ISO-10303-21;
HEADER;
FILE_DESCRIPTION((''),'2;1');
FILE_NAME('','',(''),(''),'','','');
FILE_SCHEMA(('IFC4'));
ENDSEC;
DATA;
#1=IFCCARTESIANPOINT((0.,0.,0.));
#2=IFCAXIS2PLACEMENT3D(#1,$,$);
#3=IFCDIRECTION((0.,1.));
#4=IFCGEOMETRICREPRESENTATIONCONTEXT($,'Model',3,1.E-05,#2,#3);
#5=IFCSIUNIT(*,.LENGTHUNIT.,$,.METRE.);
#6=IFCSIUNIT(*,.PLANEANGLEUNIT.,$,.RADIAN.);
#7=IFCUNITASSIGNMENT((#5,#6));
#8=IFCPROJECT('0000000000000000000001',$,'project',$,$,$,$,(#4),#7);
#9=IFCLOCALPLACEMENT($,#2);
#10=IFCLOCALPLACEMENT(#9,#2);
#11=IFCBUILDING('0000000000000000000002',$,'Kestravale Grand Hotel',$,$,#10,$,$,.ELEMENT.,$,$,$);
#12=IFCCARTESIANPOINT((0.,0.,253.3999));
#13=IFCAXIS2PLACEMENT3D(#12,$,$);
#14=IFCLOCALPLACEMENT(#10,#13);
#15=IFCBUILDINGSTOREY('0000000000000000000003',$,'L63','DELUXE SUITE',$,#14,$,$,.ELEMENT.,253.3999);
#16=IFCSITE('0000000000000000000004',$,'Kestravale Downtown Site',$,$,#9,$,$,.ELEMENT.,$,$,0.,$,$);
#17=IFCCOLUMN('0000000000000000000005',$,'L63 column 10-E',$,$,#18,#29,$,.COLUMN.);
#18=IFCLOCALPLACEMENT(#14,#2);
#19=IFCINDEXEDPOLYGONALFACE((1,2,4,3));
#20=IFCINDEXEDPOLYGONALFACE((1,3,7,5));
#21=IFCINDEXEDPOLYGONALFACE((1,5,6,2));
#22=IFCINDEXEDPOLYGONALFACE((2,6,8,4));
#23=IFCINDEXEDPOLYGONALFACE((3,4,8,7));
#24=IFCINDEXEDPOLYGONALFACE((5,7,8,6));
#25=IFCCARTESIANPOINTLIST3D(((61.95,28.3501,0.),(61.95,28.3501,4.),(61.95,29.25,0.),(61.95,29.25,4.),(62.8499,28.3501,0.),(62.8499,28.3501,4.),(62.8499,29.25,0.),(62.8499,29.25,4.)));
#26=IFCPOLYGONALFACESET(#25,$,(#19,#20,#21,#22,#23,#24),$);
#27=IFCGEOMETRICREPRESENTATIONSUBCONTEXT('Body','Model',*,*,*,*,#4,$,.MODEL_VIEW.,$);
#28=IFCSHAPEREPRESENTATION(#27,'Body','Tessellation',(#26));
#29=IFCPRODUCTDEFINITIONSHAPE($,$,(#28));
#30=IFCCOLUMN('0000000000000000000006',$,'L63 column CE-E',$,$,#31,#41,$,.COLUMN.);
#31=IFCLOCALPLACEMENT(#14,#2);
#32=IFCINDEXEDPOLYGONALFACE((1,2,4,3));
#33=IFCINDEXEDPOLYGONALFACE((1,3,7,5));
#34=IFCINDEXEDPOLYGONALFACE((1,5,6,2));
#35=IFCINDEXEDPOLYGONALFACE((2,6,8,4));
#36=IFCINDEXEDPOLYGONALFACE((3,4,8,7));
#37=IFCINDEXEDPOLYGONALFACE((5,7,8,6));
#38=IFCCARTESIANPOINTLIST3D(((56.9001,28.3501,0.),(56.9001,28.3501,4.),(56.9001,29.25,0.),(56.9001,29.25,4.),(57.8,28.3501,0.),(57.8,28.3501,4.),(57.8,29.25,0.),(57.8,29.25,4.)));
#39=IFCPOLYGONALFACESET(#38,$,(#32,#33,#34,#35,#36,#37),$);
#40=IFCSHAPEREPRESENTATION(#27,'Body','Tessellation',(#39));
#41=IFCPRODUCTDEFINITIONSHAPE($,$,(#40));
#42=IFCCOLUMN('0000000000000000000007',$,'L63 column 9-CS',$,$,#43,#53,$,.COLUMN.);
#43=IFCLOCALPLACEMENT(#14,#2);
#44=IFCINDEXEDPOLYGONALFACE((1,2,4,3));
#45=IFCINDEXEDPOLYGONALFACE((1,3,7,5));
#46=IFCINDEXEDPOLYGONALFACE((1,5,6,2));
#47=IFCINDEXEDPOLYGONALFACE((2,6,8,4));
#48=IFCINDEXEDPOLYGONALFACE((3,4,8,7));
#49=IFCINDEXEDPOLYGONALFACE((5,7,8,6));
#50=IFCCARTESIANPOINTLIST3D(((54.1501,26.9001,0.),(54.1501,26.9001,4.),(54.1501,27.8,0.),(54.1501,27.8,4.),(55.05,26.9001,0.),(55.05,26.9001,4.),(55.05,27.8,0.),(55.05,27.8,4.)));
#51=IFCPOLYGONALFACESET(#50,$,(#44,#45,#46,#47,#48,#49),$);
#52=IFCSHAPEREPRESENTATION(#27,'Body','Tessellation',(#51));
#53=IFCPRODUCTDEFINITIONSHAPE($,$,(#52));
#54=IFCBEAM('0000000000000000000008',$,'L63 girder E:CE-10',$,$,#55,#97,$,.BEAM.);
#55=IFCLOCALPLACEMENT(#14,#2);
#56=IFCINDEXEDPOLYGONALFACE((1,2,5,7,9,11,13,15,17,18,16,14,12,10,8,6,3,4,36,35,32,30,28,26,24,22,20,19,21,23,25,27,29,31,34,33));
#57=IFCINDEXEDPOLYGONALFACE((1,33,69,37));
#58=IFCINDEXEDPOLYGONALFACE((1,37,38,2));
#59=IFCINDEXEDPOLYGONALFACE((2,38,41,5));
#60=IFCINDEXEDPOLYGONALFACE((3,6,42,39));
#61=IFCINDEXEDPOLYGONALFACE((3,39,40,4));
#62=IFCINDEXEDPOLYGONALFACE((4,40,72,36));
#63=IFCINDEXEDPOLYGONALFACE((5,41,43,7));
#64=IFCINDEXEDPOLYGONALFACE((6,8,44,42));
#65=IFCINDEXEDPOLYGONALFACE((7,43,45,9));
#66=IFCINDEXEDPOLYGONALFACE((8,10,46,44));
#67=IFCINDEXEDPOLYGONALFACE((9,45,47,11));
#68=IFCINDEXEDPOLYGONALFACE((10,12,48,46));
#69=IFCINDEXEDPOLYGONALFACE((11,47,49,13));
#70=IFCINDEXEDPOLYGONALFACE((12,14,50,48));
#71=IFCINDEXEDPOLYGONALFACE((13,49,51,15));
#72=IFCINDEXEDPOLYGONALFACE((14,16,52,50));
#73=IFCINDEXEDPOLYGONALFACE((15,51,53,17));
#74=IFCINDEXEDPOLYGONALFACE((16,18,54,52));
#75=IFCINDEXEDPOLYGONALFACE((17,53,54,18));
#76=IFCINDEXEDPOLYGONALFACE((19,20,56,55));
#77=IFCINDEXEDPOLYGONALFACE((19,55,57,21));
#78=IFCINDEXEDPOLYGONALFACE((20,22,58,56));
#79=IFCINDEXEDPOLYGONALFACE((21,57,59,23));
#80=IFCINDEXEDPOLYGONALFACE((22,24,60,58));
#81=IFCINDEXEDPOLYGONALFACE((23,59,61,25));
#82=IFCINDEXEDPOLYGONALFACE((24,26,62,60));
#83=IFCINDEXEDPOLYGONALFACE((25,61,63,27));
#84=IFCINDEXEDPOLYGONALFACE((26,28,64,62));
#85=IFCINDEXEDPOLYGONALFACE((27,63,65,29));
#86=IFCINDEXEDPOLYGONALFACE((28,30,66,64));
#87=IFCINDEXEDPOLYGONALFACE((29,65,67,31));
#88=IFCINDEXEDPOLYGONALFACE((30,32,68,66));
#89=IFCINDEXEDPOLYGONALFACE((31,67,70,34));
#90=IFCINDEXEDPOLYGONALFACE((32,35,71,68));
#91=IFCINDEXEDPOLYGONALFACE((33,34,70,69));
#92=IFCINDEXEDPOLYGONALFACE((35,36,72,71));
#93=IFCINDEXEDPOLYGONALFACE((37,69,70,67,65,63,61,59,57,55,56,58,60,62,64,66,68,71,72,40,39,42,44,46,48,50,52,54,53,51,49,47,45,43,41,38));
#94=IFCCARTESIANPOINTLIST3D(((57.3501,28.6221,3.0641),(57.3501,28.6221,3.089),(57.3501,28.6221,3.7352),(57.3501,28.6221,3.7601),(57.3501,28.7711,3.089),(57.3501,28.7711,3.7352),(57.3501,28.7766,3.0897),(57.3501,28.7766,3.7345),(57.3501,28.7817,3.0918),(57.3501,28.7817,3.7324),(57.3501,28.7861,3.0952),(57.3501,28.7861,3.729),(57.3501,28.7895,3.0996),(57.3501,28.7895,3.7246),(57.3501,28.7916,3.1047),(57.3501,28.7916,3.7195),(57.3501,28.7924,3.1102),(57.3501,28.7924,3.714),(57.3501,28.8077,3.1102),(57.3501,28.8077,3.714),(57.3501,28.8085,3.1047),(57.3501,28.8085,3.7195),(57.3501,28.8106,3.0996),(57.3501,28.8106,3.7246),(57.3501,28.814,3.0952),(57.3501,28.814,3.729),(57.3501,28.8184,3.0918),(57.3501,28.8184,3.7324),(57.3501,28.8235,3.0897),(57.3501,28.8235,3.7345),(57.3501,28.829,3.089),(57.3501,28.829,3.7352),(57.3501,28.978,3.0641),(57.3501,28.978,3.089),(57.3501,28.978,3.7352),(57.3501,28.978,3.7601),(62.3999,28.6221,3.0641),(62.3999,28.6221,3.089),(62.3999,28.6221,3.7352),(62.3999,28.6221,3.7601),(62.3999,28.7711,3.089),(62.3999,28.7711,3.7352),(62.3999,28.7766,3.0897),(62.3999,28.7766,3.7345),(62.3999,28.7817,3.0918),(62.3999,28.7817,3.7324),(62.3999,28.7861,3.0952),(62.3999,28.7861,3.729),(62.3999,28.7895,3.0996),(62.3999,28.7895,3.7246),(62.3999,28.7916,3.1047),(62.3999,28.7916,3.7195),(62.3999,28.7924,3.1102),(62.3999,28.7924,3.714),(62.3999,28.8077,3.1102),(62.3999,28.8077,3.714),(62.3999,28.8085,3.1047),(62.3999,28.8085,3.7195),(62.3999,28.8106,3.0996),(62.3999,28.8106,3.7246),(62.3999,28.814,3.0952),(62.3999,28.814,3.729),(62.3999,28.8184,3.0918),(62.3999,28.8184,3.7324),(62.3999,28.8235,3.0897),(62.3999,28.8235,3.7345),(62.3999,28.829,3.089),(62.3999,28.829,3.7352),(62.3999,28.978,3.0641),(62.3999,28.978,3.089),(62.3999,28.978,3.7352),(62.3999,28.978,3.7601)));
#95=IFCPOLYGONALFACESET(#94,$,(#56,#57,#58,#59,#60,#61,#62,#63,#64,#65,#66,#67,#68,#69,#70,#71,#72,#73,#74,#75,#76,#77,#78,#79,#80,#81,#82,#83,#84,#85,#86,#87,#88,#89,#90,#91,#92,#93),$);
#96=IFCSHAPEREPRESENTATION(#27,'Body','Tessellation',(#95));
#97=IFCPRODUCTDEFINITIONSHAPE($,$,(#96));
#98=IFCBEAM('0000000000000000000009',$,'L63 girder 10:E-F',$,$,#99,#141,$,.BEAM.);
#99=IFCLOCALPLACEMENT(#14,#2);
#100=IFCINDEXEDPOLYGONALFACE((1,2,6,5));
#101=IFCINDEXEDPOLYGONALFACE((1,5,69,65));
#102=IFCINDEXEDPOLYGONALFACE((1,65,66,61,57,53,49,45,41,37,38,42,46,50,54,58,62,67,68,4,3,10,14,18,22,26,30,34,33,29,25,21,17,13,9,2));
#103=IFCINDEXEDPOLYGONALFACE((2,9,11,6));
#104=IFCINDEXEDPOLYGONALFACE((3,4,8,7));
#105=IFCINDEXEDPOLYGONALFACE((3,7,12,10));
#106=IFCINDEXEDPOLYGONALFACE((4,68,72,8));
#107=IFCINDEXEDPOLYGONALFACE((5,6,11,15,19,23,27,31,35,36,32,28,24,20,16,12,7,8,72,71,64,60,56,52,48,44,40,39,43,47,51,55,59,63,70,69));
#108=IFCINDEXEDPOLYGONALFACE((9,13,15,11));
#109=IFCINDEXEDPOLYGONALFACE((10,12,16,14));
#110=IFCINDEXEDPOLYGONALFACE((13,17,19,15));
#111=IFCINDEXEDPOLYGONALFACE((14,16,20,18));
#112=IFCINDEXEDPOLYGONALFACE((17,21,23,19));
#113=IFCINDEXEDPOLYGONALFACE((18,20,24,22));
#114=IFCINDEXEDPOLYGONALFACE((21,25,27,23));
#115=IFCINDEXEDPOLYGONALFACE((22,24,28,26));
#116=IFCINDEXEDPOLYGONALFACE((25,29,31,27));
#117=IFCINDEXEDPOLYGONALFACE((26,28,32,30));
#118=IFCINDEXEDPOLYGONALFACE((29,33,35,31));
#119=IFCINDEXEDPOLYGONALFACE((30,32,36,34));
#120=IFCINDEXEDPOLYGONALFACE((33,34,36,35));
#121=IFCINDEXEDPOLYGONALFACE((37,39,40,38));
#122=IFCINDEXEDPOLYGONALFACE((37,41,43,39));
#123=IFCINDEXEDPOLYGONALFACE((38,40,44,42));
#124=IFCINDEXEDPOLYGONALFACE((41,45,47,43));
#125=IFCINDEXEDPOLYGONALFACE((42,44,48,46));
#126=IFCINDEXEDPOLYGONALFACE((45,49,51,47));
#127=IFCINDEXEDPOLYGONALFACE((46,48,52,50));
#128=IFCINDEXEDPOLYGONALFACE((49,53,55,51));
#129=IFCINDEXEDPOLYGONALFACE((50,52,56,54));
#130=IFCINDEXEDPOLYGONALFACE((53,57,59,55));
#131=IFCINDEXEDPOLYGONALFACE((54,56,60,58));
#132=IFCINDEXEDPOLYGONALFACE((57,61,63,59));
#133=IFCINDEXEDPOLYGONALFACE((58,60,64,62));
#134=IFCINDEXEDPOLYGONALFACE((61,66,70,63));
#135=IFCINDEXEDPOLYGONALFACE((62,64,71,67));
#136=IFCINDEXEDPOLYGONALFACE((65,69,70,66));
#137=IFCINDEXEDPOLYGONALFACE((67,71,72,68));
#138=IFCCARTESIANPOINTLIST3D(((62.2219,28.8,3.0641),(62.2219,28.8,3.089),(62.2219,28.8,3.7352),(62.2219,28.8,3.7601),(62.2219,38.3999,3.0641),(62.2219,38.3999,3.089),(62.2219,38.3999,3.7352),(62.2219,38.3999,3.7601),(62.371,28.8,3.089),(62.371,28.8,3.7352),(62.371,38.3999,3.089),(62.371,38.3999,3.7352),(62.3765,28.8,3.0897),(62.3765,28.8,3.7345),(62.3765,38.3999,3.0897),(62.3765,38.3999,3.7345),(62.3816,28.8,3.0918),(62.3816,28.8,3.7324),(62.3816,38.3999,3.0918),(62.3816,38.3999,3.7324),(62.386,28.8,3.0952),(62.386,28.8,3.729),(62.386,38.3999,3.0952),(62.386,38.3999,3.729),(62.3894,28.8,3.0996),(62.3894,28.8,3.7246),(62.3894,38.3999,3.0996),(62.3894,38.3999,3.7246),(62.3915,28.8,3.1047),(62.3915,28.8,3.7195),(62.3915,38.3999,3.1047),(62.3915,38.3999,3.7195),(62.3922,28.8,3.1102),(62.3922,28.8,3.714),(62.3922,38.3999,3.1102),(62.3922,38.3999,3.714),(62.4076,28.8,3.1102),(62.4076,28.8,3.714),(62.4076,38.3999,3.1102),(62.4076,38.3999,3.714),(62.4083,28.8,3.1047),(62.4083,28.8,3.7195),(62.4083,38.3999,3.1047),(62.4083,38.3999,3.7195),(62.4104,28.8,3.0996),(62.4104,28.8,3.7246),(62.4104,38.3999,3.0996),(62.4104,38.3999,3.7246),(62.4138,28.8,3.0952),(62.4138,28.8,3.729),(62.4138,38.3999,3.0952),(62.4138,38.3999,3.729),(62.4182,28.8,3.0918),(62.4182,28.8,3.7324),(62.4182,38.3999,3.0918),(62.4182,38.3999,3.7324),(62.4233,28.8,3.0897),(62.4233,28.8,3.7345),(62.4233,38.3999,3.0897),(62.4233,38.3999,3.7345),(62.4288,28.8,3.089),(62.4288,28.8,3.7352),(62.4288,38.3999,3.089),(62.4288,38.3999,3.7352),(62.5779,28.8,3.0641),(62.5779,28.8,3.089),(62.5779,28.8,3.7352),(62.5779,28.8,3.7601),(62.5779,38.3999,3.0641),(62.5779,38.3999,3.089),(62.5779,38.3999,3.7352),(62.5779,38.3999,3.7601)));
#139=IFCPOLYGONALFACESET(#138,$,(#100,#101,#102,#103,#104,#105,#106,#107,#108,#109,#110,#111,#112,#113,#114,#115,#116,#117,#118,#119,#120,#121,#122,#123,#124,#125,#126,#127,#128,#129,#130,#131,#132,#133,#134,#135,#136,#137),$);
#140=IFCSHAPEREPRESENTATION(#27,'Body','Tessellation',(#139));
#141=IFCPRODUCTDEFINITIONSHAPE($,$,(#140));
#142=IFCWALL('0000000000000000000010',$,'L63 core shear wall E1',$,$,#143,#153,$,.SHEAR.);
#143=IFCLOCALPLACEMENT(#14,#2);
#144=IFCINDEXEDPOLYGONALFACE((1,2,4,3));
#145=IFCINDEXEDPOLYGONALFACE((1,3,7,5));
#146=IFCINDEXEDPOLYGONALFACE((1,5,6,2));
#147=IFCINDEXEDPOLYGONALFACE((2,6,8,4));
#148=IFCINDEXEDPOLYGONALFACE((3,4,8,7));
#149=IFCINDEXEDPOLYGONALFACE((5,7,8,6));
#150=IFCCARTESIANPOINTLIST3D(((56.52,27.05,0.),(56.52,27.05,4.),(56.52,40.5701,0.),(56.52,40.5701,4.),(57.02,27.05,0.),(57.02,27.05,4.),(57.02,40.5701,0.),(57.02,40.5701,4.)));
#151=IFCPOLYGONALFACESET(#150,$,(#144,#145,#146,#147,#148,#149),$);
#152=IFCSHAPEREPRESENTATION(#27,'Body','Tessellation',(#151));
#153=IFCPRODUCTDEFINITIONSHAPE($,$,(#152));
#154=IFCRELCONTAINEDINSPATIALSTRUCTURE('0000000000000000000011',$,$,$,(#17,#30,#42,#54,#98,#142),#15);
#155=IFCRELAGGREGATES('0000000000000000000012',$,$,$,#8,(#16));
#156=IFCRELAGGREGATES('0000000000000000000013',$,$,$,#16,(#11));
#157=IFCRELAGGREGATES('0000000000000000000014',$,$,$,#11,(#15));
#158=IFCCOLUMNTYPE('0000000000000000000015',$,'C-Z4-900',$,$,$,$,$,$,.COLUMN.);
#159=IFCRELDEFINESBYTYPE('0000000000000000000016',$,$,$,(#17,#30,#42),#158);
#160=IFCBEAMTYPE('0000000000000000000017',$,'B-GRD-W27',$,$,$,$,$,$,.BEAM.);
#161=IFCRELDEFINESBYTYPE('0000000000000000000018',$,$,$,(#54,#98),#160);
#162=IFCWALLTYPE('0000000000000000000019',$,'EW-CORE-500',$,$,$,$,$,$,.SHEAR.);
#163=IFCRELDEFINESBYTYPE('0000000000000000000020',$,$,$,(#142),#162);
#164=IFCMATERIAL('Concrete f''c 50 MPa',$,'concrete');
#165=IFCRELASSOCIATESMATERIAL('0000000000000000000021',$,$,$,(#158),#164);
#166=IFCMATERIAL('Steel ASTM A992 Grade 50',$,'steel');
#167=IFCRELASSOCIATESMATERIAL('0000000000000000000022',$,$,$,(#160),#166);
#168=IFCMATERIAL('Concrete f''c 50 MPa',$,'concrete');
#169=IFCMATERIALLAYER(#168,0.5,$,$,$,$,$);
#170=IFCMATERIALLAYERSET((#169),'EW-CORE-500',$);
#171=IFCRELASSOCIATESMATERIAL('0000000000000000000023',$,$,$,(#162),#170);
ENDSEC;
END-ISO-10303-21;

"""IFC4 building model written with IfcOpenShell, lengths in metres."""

from ifc_helpers import new_model, si_unit, direction, frame, frame_2d, origin, origin_2d, place, context, subcontext, project, spatial, rectangle, i_section, extrude, material, layer, layer_set, material_profile, profile_set, type_object, element, save


model = new_model("IFC4")

# Units and contexts
model_context = context("Model", 3, precision=1e-05, world=origin(), true_north=direction((0.0, 1.0)))
body_context = subcontext(model_context, "Body", "Model", "MODEL_VIEW")
ifc_project = project(units=[si_unit("LENGTHUNIT", "METRE"), si_unit("PLANEANGLEUNIT", "RADIAN")], contexts=[model_context])

# Site, building, storey
site_placement = place(None, origin())
site = spatial("IfcSite", under=ifc_project, at=site_placement, Name="Kestravale Downtown Site", CompositionType="ELEMENT", RefElevation=0.0)
building_placement = place(site_placement, origin())
building = spatial("IfcBuilding", under=site, at=building_placement, Name="Kestravale Grand Hotel", CompositionType="ELEMENT")
storey_placement = place(building_placement, frame((0.0, 0.0, 253.3999)))
storey = spatial("IfcBuildingStorey", under=building, at=storey_placement, Name="L63", Description="DELUXE SUITE", CompositionType="ELEMENT", Elevation=253.3999)

# Columns
ifc_material_1 = material(Name="Concrete f'c 50 MPa", Category="concrete")
ifc_material_profile_1 = material_profile(ifc_material_1, rectangle(XDim=0.8999, YDim=0.8999, at=origin_2d()))
ifc_profile_set_1 = profile_set([ifc_material_profile_1], Name="Concrete f'c 50 MPa")
column_type = type_object("IfcColumnType", Name="C-Z4-900", PredefinedType="COLUMN", material=ifc_profile_set_1)
for number, where, z_axis, x_axis, name in (
    (1, (62.3999, 28.8, 0.0), (0.0, 0.0, 1.0), (1.0, 0.0, 0.0), "L63 column 10-E"),
    (2, (57.3501, 28.8, 0.0), (0.0, 0.0, 1.0), (1.0, 0.0, 0.0), "L63 column CE-E"),
    (3, (54.6001, 27.3501, 0.0), (0.0, 0.0, 1.0), (1.0, 0.0, 0.0), "L63 column 9-CS"),
):
    element("IfcColumn", number, at=place(storey_placement, frame(where, z_axis=z_axis, x_axis=x_axis)), inside=storey, type_object=column_type, Name=name, PredefinedType="COLUMN", context=body_context, shape_type="SweptSolid", body=[
        extrude(rectangle(XDim=0.8999, YDim=0.8999, at=origin_2d()), origin(), (0.0, 0.0, 1.0), 4.0),
    ])

# Beams
ifc_material_2 = material(Name="Steel ASTM A992 Grade 50", Category="steel")
ifc_material_profile_2 = material_profile(ifc_material_2, i_section(OverallWidth=0.356, OverallDepth=0.696, WebThickness=0.0154, FlangeThickness=0.0249, FilletRadius=0.0212, at=origin_2d()))
ifc_profile_set_2 = profile_set([ifc_material_profile_2], Name="Steel ASTM A992 Grade 50")
beam_type = type_object("IfcBeamType", Name="B-GRD-W27", PredefinedType="BEAM", material=ifc_profile_set_2)
beam_1_placement = place(storey_placement, frame((57.3501, 28.8, 3.4121), z_axis=(1.0, 0.0, 0.0), x_axis=(0.0, 1.0, 0.0)))
element("IfcBeam", 4, at=beam_1_placement, inside=storey, type_object=beam_type, Name="L63 girder E:CE-10", PredefinedType="BEAM", context=body_context, shape_type="SweptSolid", body=[
    extrude(i_section(OverallWidth=0.356, OverallDepth=0.696, WebThickness=0.0154, FlangeThickness=0.0249, FilletRadius=0.0212, at=origin_2d()), origin(), (0.0, 0.0, 1.0), 5.0498),
])
beam_2_placement = place(storey_placement, frame((62.3999, 28.8, 3.4121), z_axis=(0.0, 1.0, 0.0), x_axis=(-1.0, 0.0, 0.0)))
element("IfcBeam", 5, at=beam_2_placement, inside=storey, type_object=beam_type, Name="L63 girder 10:E-F", PredefinedType="BEAM", context=body_context, shape_type="SweptSolid", body=[
    extrude(i_section(OverallWidth=0.356, OverallDepth=0.696, WebThickness=0.0154, FlangeThickness=0.0249, FilletRadius=0.0212, at=origin_2d()), origin(), (0.0, 0.0, 1.0), 9.5999),
])

# Wall
ifc_material_3 = material(Name="Concrete f'c 50 MPa", Category="concrete")
ifc_layer_1 = layer(ifc_material_3, 0.5)
ifc_layer_set_1 = layer_set([ifc_layer_1], Name="EW-CORE-500")
wall_type_1 = type_object("IfcWallType", Name="EW-CORE-500", PredefinedType="SHEAR", material=ifc_layer_set_1)
wall_1_placement = place(storey_placement, frame((56.77, 27.05, 0.0), z_axis=(0.0, 0.0, 1.0), x_axis=(0.0, 1.0, 0.0)))
element("IfcWall", 6, at=wall_1_placement, inside=storey, type_object=wall_type_1, Name="L63 core shear wall E1", PredefinedType="SHEAR", context=body_context, shape_type="SweptSolid", body=[
    extrude(rectangle(XDim=13.52, YDim=0.5, at=frame_2d((6.76, 0.0))), origin(), (0.0, 0.0, 1.0), 4.0),
])

save(model, "model.ifc")
